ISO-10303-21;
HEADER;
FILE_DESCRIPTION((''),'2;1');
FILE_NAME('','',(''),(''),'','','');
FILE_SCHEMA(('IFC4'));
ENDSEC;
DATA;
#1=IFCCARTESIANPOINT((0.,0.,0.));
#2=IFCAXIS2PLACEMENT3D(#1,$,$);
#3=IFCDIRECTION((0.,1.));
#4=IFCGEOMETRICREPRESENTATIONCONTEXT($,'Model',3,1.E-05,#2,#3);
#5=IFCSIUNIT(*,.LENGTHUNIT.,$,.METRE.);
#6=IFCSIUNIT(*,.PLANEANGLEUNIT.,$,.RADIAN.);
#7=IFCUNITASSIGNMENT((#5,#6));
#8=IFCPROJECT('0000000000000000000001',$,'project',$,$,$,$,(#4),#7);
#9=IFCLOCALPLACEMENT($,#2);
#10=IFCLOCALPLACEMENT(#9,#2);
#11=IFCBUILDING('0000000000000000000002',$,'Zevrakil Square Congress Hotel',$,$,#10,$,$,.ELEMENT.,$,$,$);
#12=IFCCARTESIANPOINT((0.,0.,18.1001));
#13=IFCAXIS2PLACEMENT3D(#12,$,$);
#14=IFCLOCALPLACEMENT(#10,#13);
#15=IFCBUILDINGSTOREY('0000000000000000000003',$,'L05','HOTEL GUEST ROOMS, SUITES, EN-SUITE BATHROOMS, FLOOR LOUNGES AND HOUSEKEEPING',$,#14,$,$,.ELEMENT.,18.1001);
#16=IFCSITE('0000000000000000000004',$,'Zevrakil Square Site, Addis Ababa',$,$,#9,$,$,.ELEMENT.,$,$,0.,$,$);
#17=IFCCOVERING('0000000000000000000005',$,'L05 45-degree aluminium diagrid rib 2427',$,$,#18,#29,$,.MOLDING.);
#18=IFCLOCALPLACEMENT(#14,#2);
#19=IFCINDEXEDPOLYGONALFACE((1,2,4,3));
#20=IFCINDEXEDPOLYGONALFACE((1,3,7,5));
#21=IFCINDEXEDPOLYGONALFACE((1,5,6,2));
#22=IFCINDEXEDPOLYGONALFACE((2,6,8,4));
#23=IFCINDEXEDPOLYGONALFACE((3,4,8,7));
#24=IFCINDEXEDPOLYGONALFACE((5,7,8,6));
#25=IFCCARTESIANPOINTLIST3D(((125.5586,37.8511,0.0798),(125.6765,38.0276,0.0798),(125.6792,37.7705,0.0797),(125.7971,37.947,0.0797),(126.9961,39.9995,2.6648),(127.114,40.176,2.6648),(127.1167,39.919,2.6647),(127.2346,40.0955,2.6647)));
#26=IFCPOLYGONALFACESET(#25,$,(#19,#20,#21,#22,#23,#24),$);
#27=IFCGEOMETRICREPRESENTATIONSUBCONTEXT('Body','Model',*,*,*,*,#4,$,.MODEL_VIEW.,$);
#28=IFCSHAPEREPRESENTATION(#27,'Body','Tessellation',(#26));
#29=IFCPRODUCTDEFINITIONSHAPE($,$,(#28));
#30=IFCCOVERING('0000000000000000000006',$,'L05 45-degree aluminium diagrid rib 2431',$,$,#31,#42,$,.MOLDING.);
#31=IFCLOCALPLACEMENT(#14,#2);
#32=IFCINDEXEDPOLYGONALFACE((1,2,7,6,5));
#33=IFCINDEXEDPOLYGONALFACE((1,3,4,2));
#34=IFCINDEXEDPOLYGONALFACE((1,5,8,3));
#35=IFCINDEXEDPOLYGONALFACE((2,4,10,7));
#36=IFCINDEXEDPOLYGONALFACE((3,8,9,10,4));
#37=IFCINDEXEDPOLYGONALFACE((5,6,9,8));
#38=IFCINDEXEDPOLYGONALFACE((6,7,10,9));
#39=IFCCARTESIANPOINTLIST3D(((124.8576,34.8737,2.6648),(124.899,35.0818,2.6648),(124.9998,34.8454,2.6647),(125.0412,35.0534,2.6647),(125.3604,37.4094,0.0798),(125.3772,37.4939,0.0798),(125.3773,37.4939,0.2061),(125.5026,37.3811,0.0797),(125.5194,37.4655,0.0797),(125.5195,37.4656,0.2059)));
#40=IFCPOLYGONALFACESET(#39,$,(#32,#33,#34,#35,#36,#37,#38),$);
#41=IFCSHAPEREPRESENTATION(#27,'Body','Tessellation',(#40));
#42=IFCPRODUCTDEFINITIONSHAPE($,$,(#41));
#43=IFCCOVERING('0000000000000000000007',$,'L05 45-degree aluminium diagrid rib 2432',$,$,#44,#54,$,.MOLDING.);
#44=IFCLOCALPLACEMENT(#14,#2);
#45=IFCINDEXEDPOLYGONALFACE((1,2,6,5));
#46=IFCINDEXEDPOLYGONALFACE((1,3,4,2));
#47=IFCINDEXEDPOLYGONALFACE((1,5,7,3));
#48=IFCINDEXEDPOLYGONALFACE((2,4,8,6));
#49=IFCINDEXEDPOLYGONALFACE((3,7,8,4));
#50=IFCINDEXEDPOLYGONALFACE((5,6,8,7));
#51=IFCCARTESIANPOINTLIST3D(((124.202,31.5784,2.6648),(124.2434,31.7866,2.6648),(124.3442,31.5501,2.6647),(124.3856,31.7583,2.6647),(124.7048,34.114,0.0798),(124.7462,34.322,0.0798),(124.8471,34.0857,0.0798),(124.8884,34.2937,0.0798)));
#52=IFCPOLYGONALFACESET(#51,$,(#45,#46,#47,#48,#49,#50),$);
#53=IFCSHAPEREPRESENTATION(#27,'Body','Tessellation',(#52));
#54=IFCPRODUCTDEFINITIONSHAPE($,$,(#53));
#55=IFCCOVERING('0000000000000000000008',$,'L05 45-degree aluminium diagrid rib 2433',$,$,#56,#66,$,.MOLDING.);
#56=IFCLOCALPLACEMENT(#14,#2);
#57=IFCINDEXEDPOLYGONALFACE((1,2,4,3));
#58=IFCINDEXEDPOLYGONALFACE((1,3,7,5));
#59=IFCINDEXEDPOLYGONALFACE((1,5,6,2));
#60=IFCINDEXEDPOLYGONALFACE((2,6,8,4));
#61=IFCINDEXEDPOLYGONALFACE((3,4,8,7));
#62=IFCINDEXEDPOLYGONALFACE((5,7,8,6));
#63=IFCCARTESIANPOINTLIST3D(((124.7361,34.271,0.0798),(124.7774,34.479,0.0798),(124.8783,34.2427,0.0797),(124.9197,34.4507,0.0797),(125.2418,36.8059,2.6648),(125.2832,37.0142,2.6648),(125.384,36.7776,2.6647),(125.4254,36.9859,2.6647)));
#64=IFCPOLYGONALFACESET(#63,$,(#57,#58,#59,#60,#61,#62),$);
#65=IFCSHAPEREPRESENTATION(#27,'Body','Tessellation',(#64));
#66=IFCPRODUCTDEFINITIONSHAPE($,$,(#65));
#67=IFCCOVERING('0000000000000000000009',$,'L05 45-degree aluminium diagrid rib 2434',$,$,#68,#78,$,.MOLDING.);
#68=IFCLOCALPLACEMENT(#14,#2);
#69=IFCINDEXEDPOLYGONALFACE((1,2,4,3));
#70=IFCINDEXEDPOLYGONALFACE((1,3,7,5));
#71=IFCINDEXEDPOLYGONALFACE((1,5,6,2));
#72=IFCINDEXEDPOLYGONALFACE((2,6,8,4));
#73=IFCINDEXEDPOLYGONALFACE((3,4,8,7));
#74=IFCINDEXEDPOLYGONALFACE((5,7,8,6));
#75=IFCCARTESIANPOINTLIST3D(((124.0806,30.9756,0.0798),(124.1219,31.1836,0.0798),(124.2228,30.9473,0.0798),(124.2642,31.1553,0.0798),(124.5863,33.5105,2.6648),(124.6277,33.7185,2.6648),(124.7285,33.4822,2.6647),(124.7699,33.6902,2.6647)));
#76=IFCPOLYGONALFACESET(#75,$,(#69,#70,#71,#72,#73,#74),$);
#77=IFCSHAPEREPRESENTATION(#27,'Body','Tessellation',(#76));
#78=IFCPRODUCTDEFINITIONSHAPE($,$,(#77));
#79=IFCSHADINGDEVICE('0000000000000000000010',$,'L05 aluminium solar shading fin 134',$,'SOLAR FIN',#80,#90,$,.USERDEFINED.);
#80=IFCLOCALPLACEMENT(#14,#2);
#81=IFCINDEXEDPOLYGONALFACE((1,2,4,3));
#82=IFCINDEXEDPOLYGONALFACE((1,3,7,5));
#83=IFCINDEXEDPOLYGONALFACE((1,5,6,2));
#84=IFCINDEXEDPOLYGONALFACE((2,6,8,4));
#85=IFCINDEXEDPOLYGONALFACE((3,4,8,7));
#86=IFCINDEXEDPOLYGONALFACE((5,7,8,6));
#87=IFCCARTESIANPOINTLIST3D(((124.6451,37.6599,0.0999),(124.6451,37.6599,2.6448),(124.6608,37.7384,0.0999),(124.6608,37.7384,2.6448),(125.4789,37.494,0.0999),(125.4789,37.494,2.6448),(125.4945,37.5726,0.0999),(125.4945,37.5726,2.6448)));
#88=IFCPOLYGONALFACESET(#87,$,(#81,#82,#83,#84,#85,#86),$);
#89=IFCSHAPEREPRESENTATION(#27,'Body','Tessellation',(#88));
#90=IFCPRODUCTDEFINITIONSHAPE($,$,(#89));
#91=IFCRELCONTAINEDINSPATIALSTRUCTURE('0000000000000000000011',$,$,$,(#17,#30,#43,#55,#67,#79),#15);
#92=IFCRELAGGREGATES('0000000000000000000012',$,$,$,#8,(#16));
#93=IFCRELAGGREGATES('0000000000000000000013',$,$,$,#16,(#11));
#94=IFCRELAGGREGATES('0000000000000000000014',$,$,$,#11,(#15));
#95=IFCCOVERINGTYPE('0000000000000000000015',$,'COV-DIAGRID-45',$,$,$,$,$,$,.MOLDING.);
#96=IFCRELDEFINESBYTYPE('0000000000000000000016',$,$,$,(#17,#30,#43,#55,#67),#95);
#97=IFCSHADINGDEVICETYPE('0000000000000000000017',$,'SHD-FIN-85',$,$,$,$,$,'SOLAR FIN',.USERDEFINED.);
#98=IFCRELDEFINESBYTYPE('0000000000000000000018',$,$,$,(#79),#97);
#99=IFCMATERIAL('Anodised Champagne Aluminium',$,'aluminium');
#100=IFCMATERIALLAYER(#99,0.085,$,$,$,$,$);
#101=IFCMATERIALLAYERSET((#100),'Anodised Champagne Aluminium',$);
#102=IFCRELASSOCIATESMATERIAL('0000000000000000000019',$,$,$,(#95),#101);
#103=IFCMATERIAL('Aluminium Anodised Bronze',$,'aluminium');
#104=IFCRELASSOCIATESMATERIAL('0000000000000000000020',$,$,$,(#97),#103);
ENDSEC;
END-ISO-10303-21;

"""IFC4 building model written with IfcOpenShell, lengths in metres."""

from ifc_helpers import new_model, si_unit, direction, frame, origin, origin_2d, place, context, subcontext, project, spatial, polyline, rectangle, outline, extrude, material, layer, layer_set, type_object, element, save


model = new_model("IFC4")

# Units and contexts
model_context = context("Model", 3, precision=1e-05, world=origin(), true_north=direction((0.0, 1.0)))
body_context = subcontext(model_context, "Body", "Model", "MODEL_VIEW")
ifc_project = project(units=[si_unit("LENGTHUNIT", "METRE"), si_unit("PLANEANGLEUNIT", "RADIAN")], contexts=[model_context])

# Site, building, storey
site_placement = place(None, origin())
site = spatial("IfcSite", under=ifc_project, at=site_placement, Name="Zevrakil Square Site, Addis Ababa", CompositionType="ELEMENT", RefElevation=0.0)
building_placement = place(site_placement, origin())
building = spatial("IfcBuilding", under=site, at=building_placement, Name="Zevrakil Square Congress Hotel", CompositionType="ELEMENT")
storey_placement = place(building_placement, frame((0.0, 0.0, 18.1001)))
storey = spatial("IfcBuildingStorey", under=building, at=storey_placement, Name="L05", Description="HOTEL GUEST ROOMS, SUITES, EN-SUITE BATHROOMS, FLOOR LOUNGES AND HOUSEKEEPING", CompositionType="ELEMENT", Elevation=18.1001)

# Coverings
ifc_material_1 = material(Name="Anodised Champagne Aluminium", Category="aluminium")
ifc_layer_1 = layer(ifc_material_1, 0.085)
ifc_layer_set_1 = layer_set([ifc_layer_1], Name="Anodised Champagne Aluminium")
covering_type_1 = type_object("IfcCoveringType", Name="COV-DIAGRID-45", PredefinedType="MOLDING", material=ifc_layer_set_1)
covering_1_placement = place(storey_placement, frame((127.114, 40.176, 2.6648), z_axis=(-0.831519, 0.555496, 0.00072), x_axis=(-0.555496, -0.831519, 0.0)))
element("IfcCovering", 1, at=covering_1_placement, inside=storey, type_object=covering_type_1, Name="L05 45-degree aluminium diagrid rib 2427", PredefinedType="MOLDING", context=body_context, shape_type="SweptSolid", body=[
    extrude(outline(polyline([(0.0, 0.0), (0.2123, 0.0), (2.7973, -2.585), (2.585, -2.585), (0.0, 0.0)])), origin(), (0.0, 0.0, -1.0), 0.145),
])
covering_2_placement = place(storey_placement, frame((125.3604, 37.4094, 0.0798), z_axis=(-0.980746, 0.195286, 0.000813), x_axis=(0.195286, 0.980746, -0.000002)))
element("IfcCovering", 2, at=covering_2_placement, inside=storey, type_object=covering_type_1, Name="L05 45-degree aluminium diagrid rib 2431", PredefinedType="MOLDING", context=body_context, shape_type="SweptSolid", body=[
    extrude(outline(polyline([(0.0, 0.0), (0.0861, 0.0), (0.0861, -0.1262), (-2.3729, -2.585), (-2.585, -2.585), (0.0, 0.0)])), origin(), (0.0, 0.0, -1.0), 0.145),
])
covering_3_placement = place(storey_placement, frame((124.7048, 34.114, 0.0798), z_axis=(-0.980801, 0.19501, 0.000502), x_axis=(0.19501, 0.980801, 0.0)))
element("IfcCovering", 3, at=covering_3_placement, inside=storey, type_object=covering_type_1, Name="L05 45-degree aluminium diagrid rib 2432", PredefinedType="MOLDING", context=body_context, shape_type="SweptSolid", body=[
    extrude(outline(polyline([(0.0, 0.0), (0.2121, 0.0), (-2.3727, -2.585), (-2.585, -2.585), (0.0, 0.0)])), origin(), (0.0, 0.0, -1.0), 0.145),
])
covering_4_placement = place(storey_placement, frame((125.2832, 37.0142, 2.6648), z_axis=(-0.980801, 0.19501, 0.000647), x_axis=(-0.19501, -0.980801, 0.0)))
element("IfcCovering", 4, at=covering_4_placement, inside=storey, type_object=covering_type_1, Name="L05 45-degree aluminium diagrid rib 2433", PredefinedType="MOLDING", context=body_context, shape_type="SweptSolid", body=[
    extrude(outline(polyline([(0.0, 0.0), (0.2123, 0.0), (2.7972, -2.585), (2.5851, -2.585), (0.0, 0.0)])), origin(), (0.0, 0.0, -1.0), 0.145),
])
covering_5_placement = place(storey_placement, frame((124.6277, 33.7185, 2.6648), z_axis=(-0.980779, 0.19512, 0.000544), x_axis=(-0.19512, -0.980779, 0.0)))
element("IfcCovering", 5, at=covering_5_placement, inside=storey, type_object=covering_type_1, Name="L05 45-degree aluminium diagrid rib 2434", PredefinedType="MOLDING", context=body_context, shape_type="SweptSolid", body=[
    extrude(outline(polyline([(0.0, 0.0), (0.2121, 0.0), (2.797, -2.585), (2.5849, -2.585), (0.0, 0.0)])), origin(), (0.0, 0.0, -1.0), 0.145),
])

# Shading device
ifc_material_2 = material(Name="Aluminium Anodised Bronze", Category="aluminium")
shading_device_type = type_object("IfcShadingDeviceType", Name="SHD-FIN-85", ElementType="SOLAR FIN", PredefinedType="USERDEFINED", material=ifc_material_2)
shading_device_placement = place(storey_placement, frame((125.0698, 37.6162, 0.0999), z_axis=(0.0, 0.0, 1.0), x_axis=(-0.980785, 0.19509, 0.0)))
element("IfcShadingDevice", 6, at=shading_device_placement, inside=storey, type_object=shading_device_type, Name="L05 aluminium solar shading fin 134", ObjectType="SOLAR FIN", PredefinedType="USERDEFINED", context=body_context, shape_type="SweptSolid", body=[
    extrude(rectangle(XDim=0.8501, YDim=0.0801, at=origin_2d()), origin(), (0.0, 0.0, 1.0), 2.5449),
])

save(model, "model.ifc")
